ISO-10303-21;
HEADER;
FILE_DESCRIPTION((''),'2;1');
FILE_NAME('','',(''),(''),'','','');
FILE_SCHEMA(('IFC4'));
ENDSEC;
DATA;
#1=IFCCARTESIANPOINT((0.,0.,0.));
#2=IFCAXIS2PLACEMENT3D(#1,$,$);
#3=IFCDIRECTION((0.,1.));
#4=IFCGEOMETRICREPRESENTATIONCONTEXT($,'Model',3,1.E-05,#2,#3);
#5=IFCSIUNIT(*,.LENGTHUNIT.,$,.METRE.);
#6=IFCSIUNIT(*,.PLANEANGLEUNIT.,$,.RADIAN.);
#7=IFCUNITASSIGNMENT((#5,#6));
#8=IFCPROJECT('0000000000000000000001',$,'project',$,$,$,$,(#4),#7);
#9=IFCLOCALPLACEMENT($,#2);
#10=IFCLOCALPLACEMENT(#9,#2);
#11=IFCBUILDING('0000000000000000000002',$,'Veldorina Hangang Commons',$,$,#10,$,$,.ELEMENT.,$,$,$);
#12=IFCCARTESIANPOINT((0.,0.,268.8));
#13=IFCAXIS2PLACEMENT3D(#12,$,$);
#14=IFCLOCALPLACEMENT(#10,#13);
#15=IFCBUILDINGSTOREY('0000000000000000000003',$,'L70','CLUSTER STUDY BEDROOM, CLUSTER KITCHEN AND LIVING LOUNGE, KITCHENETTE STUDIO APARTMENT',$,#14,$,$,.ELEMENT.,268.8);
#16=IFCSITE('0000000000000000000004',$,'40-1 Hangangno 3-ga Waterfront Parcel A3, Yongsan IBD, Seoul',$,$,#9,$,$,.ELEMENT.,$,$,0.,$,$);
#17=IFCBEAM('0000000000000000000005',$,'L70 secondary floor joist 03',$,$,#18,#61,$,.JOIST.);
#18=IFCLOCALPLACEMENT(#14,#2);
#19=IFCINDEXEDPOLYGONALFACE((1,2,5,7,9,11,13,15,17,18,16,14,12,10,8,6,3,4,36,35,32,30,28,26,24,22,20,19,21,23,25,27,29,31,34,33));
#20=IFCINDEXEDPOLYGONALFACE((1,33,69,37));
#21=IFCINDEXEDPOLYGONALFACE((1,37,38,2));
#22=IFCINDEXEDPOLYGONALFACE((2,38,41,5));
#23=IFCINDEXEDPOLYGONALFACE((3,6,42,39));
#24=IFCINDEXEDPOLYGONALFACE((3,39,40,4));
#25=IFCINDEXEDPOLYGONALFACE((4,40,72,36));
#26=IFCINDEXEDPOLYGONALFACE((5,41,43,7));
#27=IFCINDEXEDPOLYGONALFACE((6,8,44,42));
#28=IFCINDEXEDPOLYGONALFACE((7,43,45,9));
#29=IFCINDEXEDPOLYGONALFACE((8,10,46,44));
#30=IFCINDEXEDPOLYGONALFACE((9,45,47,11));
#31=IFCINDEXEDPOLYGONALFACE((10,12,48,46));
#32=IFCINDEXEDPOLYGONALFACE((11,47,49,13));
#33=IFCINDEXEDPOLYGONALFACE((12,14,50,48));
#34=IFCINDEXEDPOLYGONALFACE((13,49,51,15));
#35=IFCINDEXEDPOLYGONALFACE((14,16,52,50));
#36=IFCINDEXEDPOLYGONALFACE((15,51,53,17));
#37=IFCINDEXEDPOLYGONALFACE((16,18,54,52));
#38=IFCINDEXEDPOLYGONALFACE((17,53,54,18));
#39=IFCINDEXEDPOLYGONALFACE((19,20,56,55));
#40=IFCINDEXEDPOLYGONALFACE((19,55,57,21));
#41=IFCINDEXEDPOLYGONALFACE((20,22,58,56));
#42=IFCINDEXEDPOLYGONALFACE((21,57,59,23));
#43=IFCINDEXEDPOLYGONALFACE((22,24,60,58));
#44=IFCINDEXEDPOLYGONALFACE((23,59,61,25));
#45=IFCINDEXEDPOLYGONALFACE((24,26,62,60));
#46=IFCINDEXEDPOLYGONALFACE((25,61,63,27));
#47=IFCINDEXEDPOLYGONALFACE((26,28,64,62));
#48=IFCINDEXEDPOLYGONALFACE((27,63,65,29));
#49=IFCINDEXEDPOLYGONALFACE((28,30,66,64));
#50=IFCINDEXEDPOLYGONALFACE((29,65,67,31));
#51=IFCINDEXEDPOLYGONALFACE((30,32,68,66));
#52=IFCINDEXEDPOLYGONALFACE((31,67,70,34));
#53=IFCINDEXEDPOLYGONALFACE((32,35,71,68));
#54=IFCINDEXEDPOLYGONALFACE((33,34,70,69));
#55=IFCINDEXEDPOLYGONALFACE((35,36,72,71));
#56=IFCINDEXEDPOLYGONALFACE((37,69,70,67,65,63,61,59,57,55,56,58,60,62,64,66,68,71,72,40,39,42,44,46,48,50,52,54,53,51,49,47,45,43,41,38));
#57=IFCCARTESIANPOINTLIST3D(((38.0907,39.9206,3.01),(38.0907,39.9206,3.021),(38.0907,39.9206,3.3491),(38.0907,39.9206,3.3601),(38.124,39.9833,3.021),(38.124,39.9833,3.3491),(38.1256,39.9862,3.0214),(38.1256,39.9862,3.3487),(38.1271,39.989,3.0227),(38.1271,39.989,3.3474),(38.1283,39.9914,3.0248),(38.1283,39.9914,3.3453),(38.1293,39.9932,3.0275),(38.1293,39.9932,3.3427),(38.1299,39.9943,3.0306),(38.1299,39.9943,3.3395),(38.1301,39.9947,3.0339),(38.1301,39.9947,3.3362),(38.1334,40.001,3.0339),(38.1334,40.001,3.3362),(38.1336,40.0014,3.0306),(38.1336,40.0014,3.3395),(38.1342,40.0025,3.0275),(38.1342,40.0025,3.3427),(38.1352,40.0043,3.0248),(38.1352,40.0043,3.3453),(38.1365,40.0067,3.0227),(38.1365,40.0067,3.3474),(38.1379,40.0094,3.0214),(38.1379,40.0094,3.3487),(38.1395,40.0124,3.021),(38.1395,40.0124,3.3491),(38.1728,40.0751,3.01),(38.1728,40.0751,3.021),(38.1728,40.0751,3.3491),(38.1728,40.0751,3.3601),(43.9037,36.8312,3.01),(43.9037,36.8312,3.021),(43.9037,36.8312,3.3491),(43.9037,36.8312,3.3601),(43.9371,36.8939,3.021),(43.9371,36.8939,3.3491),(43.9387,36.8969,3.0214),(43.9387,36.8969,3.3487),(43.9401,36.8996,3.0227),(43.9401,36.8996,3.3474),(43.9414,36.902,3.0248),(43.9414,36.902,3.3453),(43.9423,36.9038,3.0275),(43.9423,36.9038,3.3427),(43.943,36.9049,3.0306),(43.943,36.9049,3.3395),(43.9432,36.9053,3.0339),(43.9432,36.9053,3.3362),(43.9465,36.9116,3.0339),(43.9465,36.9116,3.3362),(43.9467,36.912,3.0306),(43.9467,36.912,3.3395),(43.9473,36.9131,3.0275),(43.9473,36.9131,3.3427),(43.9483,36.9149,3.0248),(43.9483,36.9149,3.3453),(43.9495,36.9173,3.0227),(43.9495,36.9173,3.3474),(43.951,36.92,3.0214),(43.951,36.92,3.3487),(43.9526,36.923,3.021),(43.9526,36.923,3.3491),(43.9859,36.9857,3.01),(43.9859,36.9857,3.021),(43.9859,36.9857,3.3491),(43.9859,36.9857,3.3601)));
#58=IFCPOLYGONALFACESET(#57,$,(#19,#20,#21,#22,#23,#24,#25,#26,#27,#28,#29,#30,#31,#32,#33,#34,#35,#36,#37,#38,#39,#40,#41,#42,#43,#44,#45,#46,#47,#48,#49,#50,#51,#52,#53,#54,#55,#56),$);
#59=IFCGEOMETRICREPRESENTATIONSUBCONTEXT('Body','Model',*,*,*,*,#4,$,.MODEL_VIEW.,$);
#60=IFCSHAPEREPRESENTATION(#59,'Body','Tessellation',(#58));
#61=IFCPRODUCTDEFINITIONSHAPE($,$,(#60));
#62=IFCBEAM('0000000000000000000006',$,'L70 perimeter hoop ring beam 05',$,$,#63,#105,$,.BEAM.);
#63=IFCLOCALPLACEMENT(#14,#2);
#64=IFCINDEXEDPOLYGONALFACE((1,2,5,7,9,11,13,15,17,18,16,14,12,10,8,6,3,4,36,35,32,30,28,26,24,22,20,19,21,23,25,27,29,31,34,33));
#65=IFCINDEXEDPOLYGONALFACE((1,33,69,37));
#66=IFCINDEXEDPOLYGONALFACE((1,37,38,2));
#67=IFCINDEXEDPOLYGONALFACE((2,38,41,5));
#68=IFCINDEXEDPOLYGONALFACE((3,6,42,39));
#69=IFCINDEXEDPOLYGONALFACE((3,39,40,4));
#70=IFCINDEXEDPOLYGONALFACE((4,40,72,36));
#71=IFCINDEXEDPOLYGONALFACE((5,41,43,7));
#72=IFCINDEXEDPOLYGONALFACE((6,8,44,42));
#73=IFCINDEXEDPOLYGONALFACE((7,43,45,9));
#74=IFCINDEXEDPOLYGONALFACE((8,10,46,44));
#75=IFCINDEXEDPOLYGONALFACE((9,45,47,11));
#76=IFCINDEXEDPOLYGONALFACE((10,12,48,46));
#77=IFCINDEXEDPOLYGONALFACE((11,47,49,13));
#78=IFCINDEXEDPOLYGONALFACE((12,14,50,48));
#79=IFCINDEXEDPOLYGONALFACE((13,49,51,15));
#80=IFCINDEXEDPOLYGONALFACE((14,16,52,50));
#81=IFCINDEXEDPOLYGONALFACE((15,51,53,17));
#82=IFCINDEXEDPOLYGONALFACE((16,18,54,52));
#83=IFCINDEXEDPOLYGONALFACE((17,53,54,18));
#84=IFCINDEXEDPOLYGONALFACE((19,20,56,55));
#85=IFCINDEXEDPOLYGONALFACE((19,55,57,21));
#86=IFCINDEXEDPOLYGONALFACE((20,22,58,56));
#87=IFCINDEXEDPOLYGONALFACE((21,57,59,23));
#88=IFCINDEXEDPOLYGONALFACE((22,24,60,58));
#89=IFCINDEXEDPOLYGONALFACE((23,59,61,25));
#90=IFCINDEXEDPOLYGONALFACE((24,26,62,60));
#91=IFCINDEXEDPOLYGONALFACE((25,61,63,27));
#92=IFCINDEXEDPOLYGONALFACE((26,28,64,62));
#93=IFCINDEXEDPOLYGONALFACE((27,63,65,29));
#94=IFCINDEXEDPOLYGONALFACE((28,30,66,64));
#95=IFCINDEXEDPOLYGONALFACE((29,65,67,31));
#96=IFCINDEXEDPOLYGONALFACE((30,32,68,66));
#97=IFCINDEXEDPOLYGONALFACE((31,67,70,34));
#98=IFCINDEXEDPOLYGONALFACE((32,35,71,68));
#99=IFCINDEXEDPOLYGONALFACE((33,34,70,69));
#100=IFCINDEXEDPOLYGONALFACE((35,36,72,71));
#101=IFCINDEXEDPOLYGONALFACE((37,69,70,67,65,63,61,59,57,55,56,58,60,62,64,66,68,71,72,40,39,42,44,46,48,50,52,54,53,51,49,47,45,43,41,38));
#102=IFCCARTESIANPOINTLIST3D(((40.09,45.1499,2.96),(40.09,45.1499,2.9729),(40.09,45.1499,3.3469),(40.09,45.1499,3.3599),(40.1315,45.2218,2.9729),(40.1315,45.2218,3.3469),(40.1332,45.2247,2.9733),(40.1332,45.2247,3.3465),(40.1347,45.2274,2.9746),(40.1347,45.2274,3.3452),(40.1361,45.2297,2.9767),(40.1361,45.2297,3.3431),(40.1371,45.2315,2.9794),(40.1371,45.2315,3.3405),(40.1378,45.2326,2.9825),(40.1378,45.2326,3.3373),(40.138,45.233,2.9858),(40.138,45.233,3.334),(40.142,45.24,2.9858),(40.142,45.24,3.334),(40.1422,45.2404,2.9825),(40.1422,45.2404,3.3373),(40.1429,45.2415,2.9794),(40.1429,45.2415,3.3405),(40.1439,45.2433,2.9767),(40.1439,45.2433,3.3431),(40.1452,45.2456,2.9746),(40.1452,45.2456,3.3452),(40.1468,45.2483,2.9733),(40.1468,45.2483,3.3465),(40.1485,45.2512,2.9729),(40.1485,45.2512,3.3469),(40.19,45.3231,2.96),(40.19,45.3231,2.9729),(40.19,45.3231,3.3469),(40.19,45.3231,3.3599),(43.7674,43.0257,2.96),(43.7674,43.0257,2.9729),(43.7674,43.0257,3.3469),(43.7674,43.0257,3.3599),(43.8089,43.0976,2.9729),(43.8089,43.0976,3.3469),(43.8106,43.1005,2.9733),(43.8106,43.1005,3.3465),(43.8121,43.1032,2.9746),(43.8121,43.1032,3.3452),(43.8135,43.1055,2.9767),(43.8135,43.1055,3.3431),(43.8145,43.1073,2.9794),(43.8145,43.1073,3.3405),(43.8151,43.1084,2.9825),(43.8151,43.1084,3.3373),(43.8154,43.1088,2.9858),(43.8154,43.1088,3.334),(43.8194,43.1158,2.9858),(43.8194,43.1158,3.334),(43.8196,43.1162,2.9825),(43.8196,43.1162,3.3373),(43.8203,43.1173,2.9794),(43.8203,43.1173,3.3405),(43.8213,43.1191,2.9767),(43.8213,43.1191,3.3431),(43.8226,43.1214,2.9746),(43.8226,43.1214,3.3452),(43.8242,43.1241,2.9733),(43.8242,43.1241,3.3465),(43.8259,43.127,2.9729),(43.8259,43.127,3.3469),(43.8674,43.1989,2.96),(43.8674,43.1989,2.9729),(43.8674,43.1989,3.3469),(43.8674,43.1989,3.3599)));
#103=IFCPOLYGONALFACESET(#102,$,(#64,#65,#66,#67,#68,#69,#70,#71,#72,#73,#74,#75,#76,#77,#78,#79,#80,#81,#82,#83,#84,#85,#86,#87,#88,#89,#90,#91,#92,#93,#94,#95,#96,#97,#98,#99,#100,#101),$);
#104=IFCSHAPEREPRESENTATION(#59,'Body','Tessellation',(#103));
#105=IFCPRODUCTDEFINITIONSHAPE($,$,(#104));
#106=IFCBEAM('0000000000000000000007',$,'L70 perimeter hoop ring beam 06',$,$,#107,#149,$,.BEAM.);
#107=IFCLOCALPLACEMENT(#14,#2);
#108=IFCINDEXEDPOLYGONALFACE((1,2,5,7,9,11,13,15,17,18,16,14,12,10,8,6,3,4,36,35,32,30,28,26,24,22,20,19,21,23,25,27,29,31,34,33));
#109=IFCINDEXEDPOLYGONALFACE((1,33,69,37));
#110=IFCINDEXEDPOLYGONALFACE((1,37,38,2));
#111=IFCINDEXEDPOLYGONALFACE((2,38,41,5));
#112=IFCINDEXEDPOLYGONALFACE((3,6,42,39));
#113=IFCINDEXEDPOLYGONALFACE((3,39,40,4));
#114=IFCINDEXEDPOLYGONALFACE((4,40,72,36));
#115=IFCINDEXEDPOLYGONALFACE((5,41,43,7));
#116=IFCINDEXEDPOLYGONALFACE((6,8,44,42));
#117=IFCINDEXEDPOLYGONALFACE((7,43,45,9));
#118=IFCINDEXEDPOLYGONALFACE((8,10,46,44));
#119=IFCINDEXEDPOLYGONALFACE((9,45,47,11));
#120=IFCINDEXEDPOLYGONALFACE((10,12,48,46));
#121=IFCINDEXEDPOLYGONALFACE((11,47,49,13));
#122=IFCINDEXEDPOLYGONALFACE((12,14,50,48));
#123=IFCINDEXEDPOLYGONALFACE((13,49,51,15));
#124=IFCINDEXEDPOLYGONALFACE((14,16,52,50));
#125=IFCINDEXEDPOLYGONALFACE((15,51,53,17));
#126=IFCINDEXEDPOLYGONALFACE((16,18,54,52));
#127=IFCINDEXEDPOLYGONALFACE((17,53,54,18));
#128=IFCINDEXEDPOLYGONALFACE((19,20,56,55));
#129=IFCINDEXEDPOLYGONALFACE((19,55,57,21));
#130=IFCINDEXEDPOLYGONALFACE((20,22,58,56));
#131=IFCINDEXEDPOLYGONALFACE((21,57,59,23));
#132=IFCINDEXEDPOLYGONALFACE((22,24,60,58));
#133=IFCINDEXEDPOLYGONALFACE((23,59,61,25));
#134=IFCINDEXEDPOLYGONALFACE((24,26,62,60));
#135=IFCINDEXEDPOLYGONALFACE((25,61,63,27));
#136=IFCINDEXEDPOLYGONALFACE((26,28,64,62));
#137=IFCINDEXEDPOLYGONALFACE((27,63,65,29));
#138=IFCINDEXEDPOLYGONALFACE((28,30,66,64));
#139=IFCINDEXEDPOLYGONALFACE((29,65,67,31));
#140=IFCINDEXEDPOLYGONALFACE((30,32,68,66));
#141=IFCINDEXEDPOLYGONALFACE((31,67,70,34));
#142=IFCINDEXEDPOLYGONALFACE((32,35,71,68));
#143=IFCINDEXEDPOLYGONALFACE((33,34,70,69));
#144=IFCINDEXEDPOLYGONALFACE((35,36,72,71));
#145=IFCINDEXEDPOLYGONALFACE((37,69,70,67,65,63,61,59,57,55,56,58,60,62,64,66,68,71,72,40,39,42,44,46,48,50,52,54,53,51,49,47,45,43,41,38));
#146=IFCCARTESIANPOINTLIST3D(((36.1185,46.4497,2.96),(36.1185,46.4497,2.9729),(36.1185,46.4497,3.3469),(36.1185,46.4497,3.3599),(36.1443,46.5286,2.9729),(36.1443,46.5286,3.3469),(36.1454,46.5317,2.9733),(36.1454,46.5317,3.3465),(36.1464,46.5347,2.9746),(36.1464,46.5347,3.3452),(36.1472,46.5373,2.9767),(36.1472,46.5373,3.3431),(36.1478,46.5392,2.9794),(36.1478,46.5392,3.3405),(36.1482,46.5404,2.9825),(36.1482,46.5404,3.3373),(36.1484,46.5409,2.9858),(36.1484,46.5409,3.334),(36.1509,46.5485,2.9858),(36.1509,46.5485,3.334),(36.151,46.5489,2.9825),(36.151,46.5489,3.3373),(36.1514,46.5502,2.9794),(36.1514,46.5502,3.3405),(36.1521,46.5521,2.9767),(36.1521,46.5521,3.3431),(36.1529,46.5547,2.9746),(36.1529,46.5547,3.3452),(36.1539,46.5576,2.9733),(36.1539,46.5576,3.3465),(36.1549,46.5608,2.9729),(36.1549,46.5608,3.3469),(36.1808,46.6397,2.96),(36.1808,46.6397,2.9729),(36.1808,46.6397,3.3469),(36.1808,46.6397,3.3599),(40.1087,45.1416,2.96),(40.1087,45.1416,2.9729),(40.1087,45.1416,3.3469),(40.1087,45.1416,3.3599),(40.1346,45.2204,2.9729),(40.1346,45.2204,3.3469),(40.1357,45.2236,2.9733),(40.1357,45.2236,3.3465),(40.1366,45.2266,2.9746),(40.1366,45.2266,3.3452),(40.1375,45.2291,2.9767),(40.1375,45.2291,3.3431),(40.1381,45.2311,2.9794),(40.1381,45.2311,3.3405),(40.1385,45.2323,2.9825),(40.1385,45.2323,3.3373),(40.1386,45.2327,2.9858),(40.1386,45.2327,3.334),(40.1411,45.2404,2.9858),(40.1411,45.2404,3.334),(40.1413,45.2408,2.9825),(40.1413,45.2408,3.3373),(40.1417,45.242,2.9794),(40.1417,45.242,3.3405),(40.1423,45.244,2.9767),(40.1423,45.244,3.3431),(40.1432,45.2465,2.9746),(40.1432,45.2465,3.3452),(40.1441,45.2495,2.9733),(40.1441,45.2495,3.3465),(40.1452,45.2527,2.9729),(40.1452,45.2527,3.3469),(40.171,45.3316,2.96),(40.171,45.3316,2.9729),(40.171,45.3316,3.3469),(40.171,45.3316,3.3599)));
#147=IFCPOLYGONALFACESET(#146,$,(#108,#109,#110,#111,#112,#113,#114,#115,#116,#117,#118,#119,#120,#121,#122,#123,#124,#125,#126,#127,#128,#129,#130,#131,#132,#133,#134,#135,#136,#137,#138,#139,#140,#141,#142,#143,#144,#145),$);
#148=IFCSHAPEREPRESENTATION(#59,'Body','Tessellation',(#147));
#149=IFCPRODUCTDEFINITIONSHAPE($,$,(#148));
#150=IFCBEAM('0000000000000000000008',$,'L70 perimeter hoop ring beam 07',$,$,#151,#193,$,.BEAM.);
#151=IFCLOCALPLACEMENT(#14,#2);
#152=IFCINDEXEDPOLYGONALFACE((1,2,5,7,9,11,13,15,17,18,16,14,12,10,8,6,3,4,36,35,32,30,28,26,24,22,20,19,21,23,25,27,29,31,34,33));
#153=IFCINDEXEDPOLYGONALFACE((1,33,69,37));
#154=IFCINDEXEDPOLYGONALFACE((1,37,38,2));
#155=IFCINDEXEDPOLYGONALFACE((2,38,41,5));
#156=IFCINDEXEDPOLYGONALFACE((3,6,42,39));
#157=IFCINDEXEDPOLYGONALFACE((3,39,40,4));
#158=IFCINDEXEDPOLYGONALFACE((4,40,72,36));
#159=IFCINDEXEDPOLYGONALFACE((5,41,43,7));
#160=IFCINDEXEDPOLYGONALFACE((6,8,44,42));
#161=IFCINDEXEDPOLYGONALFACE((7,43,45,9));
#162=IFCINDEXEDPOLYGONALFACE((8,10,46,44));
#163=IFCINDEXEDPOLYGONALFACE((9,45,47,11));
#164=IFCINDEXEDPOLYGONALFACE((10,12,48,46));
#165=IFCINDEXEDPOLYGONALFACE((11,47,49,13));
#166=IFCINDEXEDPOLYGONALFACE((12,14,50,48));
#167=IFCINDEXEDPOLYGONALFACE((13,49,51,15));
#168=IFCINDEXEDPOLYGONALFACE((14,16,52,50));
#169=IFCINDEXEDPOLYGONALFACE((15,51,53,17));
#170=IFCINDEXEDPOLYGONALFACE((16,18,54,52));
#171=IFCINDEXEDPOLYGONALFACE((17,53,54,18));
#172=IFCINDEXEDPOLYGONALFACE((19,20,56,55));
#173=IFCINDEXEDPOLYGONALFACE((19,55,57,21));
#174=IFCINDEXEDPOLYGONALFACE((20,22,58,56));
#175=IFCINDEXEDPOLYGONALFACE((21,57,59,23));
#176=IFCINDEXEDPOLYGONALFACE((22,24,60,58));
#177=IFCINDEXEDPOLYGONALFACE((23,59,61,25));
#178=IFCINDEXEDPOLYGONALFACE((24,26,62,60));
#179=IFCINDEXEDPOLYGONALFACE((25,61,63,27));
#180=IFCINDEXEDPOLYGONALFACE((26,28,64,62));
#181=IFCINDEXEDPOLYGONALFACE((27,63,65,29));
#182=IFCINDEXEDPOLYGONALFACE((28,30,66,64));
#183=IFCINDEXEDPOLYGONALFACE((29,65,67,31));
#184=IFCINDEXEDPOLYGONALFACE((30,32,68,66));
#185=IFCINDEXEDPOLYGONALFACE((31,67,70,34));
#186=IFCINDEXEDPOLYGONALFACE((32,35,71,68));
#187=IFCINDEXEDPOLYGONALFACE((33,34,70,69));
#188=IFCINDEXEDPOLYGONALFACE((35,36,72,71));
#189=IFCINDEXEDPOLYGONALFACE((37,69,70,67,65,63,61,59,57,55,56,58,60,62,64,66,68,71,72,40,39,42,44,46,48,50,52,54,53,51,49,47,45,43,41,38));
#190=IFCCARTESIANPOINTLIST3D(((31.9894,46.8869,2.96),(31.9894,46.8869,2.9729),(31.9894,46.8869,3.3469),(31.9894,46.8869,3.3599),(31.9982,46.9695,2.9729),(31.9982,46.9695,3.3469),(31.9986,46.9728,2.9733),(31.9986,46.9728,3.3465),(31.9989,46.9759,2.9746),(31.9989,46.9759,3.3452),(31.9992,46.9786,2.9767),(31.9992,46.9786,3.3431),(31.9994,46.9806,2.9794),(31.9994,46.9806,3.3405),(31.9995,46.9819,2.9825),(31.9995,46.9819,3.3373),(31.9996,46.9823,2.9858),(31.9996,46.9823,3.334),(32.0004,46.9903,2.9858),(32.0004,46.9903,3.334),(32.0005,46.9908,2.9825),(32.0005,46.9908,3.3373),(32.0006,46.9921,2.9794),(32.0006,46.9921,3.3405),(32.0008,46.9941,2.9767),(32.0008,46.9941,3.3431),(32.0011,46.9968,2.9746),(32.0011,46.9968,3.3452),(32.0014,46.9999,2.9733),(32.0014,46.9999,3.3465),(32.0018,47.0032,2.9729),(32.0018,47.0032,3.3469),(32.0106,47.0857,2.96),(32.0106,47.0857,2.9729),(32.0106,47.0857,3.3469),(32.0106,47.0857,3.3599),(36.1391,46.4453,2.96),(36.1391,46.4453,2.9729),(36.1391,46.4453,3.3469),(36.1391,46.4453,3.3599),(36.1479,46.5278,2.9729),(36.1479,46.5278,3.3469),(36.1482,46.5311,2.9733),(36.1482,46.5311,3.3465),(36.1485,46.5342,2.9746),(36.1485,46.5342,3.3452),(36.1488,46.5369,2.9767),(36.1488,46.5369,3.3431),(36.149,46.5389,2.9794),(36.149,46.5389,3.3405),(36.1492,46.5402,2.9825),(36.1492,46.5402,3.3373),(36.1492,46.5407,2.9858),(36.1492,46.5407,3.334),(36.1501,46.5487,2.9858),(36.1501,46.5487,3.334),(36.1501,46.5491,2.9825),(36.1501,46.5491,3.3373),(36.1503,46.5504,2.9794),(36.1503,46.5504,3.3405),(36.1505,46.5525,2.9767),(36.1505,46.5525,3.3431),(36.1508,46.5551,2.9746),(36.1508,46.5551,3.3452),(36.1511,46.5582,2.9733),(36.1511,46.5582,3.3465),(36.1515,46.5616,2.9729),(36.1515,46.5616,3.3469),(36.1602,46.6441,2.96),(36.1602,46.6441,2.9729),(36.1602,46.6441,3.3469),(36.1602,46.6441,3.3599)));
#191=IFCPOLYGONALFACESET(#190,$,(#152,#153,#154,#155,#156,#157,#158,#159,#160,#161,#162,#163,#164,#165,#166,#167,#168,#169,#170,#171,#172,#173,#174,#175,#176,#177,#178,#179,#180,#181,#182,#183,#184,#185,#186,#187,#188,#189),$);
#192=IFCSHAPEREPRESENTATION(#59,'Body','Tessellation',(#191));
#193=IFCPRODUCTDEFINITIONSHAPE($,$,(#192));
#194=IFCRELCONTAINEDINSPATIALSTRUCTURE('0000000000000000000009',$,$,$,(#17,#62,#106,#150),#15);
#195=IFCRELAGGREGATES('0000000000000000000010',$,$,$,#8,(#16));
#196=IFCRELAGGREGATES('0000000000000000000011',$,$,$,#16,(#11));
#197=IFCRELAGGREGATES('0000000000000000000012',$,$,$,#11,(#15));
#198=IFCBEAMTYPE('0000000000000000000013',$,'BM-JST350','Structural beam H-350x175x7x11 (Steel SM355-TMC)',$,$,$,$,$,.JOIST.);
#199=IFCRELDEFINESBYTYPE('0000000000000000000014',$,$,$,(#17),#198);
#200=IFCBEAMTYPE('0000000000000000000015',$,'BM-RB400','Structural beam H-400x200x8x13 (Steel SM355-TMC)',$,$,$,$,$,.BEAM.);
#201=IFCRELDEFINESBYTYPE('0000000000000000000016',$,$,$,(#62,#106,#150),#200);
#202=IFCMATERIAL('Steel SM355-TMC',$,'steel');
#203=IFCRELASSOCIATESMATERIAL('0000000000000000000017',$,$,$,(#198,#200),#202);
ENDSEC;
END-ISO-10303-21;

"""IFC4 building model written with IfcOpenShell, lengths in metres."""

from ifc_helpers import new_model, si_unit, direction, frame, origin, origin_2d, place, context, subcontext, project, spatial, i_section, extrude, material, material_profile, profile_set, type_object, element, save


model = new_model("IFC4")

# Units and contexts
model_context = context("Model", 3, precision=1e-05, world=origin(), true_north=direction((0.0, 1.0)))
body_context = subcontext(model_context, "Body", "Model", "MODEL_VIEW")
ifc_project = project(units=[si_unit("LENGTHUNIT", "METRE"), si_unit("PLANEANGLEUNIT", "RADIAN")], contexts=[model_context])

# Site, building, storey
site_placement = place(None, origin())
site = spatial("IfcSite", under=ifc_project, at=site_placement, Name="40-1 Hangangno 3-ga Waterfront Parcel A3, Yongsan IBD, Seoul", CompositionType="ELEMENT", RefElevation=0.0)
building_placement = place(site_placement, origin())
building = spatial("IfcBuilding", under=site, at=building_placement, Name="Veldorina Hangang Commons", CompositionType="ELEMENT")
storey_placement = place(building_placement, frame((0.0, 0.0, 268.8)))
storey = spatial("IfcBuildingStorey", under=building, at=storey_placement, Name="L70", Description="CLUSTER STUDY BEDROOM, CLUSTER KITCHEN AND LIVING LOUNGE, KITCHENETTE STUDIO APARTMENT", CompositionType="ELEMENT", Elevation=268.8)

# Beams
ifc_material_1 = material(Name="Steel SM355-TMC", Category="steel")
ifc_material_profile_1 = material_profile(ifc_material_1, i_section(OverallWidth=0.175, OverallDepth=0.3501, WebThickness=0.0071, FlangeThickness=0.011, FilletRadius=0.0129, at=origin_2d()), Name="H-350x175x7x11")
ifc_profile_set_1 = profile_set([ifc_material_profile_1], Name="Steel SM355-TMC")
beam_type_1 = type_object("IfcBeamType", Name="BM-JST350", Description="Structural beam H-350x175x7x11 (Steel SM355-TMC)", PredefinedType="JOIST", material=ifc_profile_set_1)
beam_1_placement = place(storey_placement, frame((43.9448, 36.9084, 3.1851), z_axis=(-0.88304, 0.469298, 0.0), x_axis=(-0.469298, -0.88304, 0.0)))
element("IfcBeam", 1, at=beam_1_placement, inside=storey, type_object=beam_type_1, Name="L70 secondary floor joist 03", PredefinedType="JOIST", context=body_context, shape_type="SweptSolid", body=[
    extrude(i_section(OverallWidth=0.175, OverallDepth=0.3501, WebThickness=0.0071, FlangeThickness=0.011, FilletRadius=0.0129, at=origin_2d()), origin(), (0.0, 0.0, 1.0), 6.583),
])
ifc_material_profile_2 = material_profile(ifc_material_1, i_section(OverallWidth=0.2, OverallDepth=0.3999, WebThickness=0.0081, FlangeThickness=0.0129, FilletRadius=0.0129, at=origin_2d()), Name="H-400x200x8x13")
ifc_profile_set_2 = profile_set([ifc_material_profile_2], Name="Steel SM355-TMC")
beam_type_2 = type_object("IfcBeamType", Name="BM-RB400", Description="Structural beam H-400x200x8x13 (Steel SM355-TMC)", PredefinedType="BEAM", material=ifc_profile_set_2)
beam_2_placement = place(storey_placement, frame((43.8174, 43.1123, 3.1599), z_axis=(-0.865917, 0.500189, 0.0), x_axis=(-0.500189, -0.865917, 0.0)))
element("IfcBeam", 2, at=beam_2_placement, inside=storey, type_object=beam_type_2, Name="L70 perimeter hoop ring beam 05", PredefinedType="BEAM", context=body_context, shape_type="SweptSolid", body=[
    extrude(i_section(OverallWidth=0.2, OverallDepth=0.3999, WebThickness=0.0081, FlangeThickness=0.0129, FilletRadius=0.0129, at=origin_2d()), origin(), (0.0, 0.0, 1.0), 4.2468),
])
beam_3_placement = place(storey_placement, frame((40.1399, 45.2366, 3.1599), z_axis=(-0.950241, 0.311515, 0.0), x_axis=(-0.311515, -0.950241, 0.0)))
element("IfcBeam", 3, at=beam_3_placement, inside=storey, type_object=beam_type_2, Name="L70 perimeter hoop ring beam 06", PredefinedType="BEAM", context=body_context, shape_type="SweptSolid", body=[
    extrude(i_section(OverallWidth=0.2, OverallDepth=0.3999, WebThickness=0.0081, FlangeThickness=0.0129, FilletRadius=0.0129, at=origin_2d()), origin(), (0.0, 0.0, 1.0), 4.1992),
])
beam_4_placement = place(storey_placement, frame((36.1497, 46.5447, 3.1599), z_axis=(-0.994384, 0.105833, 0.0), x_axis=(-0.105833, -0.994384, 0.0)))
element("IfcBeam", 4, at=beam_4_placement, inside=storey, type_object=beam_type_2, Name="L70 perimeter hoop ring beam 07", PredefinedType="BEAM", context=body_context, shape_type="SweptSolid", body=[
    extrude(i_section(OverallWidth=0.2, OverallDepth=0.3999, WebThickness=0.0081, FlangeThickness=0.0129, FilletRadius=0.0129, at=origin_2d()), origin(), (0.0, 0.0, 1.0), 4.1731),
])

save(model, "model.ifc")
